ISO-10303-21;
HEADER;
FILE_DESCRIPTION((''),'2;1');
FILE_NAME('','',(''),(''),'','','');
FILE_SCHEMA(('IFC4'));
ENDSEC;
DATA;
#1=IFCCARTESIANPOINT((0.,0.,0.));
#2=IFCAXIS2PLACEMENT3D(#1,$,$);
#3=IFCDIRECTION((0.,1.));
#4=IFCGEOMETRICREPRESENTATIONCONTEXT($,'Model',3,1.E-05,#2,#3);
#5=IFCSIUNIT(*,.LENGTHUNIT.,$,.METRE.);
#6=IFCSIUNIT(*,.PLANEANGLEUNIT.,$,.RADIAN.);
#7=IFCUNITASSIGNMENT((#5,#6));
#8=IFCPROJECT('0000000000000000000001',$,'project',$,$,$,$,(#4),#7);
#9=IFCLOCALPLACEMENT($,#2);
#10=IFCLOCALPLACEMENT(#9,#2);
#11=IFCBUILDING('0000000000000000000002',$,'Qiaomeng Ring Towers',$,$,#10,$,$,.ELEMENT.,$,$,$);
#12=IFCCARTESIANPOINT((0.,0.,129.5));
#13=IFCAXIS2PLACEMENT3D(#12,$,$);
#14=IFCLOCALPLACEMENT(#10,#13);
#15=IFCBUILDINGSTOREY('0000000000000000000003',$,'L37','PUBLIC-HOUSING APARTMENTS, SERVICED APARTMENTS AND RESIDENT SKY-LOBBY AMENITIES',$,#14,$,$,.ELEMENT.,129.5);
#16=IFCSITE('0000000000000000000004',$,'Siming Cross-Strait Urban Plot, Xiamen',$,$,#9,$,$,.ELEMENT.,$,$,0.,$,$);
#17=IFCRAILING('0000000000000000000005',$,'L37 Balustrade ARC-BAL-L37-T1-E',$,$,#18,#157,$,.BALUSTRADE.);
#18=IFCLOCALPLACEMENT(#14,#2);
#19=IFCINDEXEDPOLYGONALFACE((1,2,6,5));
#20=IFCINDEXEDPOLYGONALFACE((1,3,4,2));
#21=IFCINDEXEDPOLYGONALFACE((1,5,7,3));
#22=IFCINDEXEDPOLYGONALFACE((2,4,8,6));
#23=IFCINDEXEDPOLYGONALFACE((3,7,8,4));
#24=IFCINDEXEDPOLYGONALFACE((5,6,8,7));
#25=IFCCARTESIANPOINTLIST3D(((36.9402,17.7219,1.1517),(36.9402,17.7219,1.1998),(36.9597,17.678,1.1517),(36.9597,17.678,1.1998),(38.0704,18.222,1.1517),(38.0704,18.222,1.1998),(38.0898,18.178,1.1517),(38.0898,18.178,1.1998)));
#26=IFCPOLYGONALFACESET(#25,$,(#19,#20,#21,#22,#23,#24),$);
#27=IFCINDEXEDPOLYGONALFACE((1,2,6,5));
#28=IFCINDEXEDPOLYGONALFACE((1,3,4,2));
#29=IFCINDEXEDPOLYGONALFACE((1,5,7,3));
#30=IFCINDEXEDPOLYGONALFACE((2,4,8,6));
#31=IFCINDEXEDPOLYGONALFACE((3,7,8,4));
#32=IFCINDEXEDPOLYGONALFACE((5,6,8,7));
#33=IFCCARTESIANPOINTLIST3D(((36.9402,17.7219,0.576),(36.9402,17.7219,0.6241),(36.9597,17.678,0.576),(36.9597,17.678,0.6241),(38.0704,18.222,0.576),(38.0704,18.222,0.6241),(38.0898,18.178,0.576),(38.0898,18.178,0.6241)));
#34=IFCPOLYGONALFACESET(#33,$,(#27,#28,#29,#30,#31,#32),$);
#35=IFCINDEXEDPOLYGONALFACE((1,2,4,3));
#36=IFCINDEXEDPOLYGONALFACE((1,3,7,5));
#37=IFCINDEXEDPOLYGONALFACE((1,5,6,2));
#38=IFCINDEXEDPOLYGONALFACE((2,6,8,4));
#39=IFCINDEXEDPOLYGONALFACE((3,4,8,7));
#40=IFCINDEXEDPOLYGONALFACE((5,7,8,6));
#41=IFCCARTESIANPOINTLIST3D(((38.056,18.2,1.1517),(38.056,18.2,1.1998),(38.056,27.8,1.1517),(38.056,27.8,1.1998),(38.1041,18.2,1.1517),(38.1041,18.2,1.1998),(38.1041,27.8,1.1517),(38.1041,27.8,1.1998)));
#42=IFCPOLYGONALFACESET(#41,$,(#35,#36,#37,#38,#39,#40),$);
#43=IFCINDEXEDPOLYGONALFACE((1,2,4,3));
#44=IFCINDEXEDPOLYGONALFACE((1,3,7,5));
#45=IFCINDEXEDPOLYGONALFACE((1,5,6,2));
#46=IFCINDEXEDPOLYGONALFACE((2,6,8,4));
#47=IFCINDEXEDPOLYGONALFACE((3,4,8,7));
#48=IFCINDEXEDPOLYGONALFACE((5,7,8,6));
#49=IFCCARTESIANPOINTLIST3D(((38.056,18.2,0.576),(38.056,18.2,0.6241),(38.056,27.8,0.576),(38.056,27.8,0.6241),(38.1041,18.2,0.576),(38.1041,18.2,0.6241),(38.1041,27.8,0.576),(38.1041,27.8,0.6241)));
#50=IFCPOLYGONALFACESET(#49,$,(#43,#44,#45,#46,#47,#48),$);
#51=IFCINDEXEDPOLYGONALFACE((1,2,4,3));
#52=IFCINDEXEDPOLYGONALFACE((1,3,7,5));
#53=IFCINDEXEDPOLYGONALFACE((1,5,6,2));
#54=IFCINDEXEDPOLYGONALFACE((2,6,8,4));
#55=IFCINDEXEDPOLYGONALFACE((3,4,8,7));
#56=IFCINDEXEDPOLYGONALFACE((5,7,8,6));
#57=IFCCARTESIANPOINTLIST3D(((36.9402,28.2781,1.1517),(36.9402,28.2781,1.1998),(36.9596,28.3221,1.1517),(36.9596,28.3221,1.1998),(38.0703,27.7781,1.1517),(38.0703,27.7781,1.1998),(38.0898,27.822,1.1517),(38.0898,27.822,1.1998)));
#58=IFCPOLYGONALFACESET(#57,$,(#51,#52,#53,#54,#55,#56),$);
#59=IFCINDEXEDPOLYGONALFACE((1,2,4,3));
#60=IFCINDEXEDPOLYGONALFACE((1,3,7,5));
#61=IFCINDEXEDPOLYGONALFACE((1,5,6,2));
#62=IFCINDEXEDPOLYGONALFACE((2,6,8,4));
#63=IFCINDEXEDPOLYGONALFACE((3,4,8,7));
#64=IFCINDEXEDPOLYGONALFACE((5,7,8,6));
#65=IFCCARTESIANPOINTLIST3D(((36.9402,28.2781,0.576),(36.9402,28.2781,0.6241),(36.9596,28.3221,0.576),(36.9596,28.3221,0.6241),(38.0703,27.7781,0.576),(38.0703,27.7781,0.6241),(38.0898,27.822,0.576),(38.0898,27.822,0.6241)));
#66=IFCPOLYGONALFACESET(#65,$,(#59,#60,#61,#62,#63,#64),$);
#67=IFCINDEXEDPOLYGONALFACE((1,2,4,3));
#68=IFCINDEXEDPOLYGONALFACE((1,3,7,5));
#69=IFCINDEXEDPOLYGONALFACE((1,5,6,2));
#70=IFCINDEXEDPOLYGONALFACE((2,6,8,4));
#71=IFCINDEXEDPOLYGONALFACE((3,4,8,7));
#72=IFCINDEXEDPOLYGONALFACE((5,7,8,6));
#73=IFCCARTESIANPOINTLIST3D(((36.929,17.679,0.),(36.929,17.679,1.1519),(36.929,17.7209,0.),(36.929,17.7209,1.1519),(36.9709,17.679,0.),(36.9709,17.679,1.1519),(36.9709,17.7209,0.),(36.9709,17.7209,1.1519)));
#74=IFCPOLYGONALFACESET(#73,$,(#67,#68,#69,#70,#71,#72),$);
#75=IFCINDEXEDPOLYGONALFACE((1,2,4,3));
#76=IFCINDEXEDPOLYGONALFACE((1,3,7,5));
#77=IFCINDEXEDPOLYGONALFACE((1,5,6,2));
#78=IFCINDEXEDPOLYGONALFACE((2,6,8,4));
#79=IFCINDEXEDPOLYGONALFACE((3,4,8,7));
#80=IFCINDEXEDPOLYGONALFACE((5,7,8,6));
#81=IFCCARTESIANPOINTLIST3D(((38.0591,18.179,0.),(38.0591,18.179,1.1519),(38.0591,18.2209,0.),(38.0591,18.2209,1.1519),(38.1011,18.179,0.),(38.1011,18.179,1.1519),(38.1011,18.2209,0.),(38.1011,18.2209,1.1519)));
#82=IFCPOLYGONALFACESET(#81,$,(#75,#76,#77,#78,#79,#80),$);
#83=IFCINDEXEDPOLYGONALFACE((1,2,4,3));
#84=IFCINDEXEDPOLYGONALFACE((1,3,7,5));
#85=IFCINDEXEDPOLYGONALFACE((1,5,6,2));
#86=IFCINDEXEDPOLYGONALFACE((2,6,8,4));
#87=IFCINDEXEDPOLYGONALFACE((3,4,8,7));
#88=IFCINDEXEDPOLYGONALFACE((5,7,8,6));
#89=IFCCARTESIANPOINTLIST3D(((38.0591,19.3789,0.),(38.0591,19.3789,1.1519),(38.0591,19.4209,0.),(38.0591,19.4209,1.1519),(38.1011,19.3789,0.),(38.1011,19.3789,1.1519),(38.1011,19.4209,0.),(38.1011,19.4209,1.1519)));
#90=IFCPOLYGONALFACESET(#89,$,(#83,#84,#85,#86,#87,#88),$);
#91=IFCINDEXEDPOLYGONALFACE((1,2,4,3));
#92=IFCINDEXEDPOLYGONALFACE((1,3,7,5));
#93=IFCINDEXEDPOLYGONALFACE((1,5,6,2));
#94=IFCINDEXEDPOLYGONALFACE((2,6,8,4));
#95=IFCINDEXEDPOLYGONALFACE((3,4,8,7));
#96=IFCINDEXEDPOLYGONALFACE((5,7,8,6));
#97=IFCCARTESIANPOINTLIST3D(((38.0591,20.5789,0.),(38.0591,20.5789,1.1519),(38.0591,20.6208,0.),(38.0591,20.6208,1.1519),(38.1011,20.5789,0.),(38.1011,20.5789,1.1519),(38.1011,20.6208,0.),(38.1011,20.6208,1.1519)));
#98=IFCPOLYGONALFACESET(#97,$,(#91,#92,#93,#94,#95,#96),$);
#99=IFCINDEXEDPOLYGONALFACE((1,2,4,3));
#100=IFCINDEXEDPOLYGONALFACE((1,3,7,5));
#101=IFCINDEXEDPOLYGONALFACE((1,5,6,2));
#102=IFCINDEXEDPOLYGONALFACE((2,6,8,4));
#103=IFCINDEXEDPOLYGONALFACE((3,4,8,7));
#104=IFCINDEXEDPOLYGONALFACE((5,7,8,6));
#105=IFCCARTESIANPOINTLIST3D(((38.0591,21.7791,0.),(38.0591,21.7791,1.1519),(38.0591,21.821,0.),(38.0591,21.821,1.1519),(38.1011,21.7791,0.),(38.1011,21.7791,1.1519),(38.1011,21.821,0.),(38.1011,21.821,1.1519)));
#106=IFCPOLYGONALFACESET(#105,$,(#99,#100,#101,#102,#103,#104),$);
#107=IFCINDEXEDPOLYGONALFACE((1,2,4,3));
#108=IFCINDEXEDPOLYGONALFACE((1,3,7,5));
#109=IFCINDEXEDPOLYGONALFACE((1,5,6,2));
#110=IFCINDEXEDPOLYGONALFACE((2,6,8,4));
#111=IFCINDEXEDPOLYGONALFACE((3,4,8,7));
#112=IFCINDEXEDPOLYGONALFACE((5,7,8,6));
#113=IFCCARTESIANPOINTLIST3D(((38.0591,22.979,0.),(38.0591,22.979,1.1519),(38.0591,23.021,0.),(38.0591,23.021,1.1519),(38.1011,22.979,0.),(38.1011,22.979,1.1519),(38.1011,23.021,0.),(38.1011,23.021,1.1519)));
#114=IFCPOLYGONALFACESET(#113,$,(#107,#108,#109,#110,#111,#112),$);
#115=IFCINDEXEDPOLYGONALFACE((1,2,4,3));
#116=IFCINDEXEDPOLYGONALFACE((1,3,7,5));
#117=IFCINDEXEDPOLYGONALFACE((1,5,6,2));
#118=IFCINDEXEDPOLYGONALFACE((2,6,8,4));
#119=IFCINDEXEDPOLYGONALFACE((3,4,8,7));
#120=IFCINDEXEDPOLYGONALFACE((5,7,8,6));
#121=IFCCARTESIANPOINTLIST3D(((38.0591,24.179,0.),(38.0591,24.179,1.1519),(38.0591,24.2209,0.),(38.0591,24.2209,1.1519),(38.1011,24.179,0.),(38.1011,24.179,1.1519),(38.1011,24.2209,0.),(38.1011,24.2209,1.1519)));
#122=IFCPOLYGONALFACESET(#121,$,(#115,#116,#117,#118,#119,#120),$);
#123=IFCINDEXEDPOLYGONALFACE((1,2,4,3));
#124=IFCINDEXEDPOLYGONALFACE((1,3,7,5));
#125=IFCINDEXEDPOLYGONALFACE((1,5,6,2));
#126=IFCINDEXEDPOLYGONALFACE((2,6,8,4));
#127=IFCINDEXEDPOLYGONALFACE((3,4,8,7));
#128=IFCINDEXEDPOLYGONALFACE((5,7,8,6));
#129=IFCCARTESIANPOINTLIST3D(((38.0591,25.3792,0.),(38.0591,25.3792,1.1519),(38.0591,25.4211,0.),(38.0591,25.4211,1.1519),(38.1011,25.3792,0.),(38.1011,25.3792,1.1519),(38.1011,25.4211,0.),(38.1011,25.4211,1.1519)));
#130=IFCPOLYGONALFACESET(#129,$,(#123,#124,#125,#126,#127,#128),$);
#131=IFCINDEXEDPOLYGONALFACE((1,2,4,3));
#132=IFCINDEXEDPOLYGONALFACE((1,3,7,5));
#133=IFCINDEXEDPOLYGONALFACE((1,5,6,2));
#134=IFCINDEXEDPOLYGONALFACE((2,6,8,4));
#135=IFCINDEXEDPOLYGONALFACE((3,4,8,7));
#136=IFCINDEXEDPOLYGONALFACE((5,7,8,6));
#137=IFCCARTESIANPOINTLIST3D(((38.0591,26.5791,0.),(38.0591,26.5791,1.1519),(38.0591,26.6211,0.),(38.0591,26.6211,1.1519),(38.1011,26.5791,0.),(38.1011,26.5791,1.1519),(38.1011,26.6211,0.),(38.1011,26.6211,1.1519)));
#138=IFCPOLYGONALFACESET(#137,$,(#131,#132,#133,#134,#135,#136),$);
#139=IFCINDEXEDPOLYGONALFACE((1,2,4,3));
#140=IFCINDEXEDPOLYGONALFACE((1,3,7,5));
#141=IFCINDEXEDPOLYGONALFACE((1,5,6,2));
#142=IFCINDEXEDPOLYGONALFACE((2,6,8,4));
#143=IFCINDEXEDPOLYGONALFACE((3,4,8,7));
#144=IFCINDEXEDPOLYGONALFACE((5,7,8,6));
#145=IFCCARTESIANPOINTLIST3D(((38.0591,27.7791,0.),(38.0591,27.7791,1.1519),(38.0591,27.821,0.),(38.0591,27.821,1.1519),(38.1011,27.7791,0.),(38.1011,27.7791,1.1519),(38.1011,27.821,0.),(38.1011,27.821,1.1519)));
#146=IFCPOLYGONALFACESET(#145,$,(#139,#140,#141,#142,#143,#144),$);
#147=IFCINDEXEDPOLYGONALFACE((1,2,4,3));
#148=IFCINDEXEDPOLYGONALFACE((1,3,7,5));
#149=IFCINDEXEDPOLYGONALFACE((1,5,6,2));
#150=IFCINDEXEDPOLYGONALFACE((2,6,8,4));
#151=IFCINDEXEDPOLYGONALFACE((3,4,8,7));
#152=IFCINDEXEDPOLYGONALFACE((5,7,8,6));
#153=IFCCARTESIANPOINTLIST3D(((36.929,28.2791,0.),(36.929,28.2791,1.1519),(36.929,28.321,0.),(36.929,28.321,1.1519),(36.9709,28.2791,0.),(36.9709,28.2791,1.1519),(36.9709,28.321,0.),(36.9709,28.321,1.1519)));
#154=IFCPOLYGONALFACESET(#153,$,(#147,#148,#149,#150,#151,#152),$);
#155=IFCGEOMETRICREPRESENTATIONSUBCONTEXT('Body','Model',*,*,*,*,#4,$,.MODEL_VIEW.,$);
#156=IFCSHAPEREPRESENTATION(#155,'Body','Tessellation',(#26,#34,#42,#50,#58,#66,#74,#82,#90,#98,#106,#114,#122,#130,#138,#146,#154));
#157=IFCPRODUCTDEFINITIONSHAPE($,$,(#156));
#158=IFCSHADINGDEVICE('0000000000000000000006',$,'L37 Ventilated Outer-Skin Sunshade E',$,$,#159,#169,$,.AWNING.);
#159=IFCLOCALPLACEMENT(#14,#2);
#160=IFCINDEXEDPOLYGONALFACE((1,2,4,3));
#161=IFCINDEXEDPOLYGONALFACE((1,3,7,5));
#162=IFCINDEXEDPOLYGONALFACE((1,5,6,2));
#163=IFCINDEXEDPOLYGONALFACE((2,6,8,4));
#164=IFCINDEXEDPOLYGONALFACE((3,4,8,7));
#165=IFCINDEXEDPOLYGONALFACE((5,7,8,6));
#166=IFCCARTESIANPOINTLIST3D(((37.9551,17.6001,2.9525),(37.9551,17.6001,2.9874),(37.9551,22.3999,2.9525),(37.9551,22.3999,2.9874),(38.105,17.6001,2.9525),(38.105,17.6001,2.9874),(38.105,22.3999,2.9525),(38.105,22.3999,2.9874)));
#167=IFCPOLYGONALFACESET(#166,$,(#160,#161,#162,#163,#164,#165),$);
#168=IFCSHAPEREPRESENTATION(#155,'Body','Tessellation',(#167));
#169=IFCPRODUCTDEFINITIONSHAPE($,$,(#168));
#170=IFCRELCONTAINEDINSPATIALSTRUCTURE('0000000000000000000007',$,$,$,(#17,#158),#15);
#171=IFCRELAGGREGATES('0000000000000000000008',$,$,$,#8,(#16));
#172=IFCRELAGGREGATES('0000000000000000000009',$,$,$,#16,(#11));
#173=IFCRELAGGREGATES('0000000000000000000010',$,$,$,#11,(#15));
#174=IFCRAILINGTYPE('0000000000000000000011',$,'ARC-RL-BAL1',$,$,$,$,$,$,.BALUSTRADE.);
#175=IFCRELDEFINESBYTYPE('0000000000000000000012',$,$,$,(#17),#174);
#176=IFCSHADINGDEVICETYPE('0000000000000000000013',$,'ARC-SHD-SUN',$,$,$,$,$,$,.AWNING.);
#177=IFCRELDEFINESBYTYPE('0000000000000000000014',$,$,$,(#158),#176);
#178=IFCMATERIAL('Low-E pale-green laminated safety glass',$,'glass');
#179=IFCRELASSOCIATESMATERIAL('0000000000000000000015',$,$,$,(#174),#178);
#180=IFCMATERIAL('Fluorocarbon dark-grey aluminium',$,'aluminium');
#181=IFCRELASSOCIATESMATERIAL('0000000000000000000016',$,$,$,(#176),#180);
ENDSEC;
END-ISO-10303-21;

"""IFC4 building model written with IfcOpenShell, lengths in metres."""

from ifc_helpers import new_model, si_unit, direction, frame, origin, origin_2d, place, context, subcontext, project, spatial, rectangle, extrude, source, transform, mapped, material, material_profile, profile_set, type_object, element, save


model = new_model("IFC4")

# Units and contexts
model_context = context("Model", 3, precision=1e-05, world=origin(), true_north=direction((0.0, 1.0)))
body_context = subcontext(model_context, "Body", "Model", "MODEL_VIEW")
ifc_project = project(units=[si_unit("LENGTHUNIT", "METRE"), si_unit("PLANEANGLEUNIT", "RADIAN")], contexts=[model_context])

# Site, building, storey
site_placement = place(None, origin())
site = spatial("IfcSite", under=ifc_project, at=site_placement, Name="Siming Cross-Strait Urban Plot, Xiamen", CompositionType="ELEMENT", RefElevation=0.0)
building_placement = place(site_placement, origin())
building = spatial("IfcBuilding", under=site, at=building_placement, Name="Qiaomeng Ring Towers", CompositionType="ELEMENT")
storey_placement = place(building_placement, frame((0.0, 0.0, 129.5)))
storey = spatial("IfcBuildingStorey", under=building, at=storey_placement, Name="L37", Description="PUBLIC-HOUSING APARTMENTS, SERVICED APARTMENTS AND RESIDENT SKY-LOBBY AMENITIES", CompositionType="ELEMENT", Elevation=129.5)

# Railing
ifc_material_1 = material(Name="Low-E pale-green laminated safety glass", Category="glass")
railing_type = type_object("IfcRailingType", Name="ARC-RL-BAL1", PredefinedType="BALUSTRADE", material=ifc_material_1)
railing_placement = place(storey_placement, frame((36.95, 17.7, 0.0)))
element("IfcRailing", 1, at=railing_placement, inside=storey, type_object=railing_type, Name="L37 Balustrade ARC-BAL-L37-T1-E", PredefinedType="BALUSTRADE", context=body_context, shape_type="SweptSolid", body=[
    extrude(rectangle(XDim=0.0481, YDim=0.0481, at=origin_2d()), frame((0.0, 0.0, 1.1758), z_axis=(0.914495, 0.404598, 0.0), x_axis=(-0.404598, 0.914495, 0.0)), (0.0, 0.0, 1.0), 1.2358),
    extrude(rectangle(XDim=0.0481, YDim=0.0481, at=origin_2d()), frame((0.0, 0.0, 0.6001), z_axis=(0.914495, 0.404598, 0.0), x_axis=(-0.404598, 0.914495, 0.0)), (0.0, 0.0, 1.0), 1.2358),
    extrude(rectangle(XDim=0.0481, YDim=0.0481, at=origin_2d()), frame((1.1301, 0.5, 1.1758), z_axis=(0.0, 1.0, 0.0), x_axis=(-1.0, 0.0, 0.0)), (0.0, 0.0, 1.0), 9.6001),
    extrude(rectangle(XDim=0.0481, YDim=0.0481, at=origin_2d()), frame((1.1301, 0.5, 0.6001), z_axis=(0.0, 1.0, 0.0), x_axis=(-1.0, 0.0, 0.0)), (0.0, 0.0, 1.0), 9.6001),
    extrude(rectangle(XDim=0.0481, YDim=0.0481, at=origin_2d()), frame((1.1301, 10.1001, 1.1758), z_axis=(-0.914495, 0.404598, 0.0), x_axis=(-0.404598, -0.914495, 0.0)), (0.0, 0.0, 1.0), 1.2358),
    extrude(rectangle(XDim=0.0481, YDim=0.0481, at=origin_2d()), frame((1.1301, 10.1001, 0.6001), z_axis=(-0.914495, 0.404598, 0.0), x_axis=(-0.404598, -0.914495, 0.0)), (0.0, 0.0, 1.0), 1.2358),
    extrude(rectangle(XDim=0.042, YDim=0.042, at=origin_2d()), origin(), (0.0, 0.0, 1.0), 1.1519),
    extrude(rectangle(XDim=0.042, YDim=0.042, at=origin_2d()), frame((1.1301, 0.5, 0.0)), (0.0, 0.0, 1.0), 1.1519),
    extrude(rectangle(XDim=0.042, YDim=0.042, at=origin_2d()), frame((1.1301, 1.7, 0.0)), (0.0, 0.0, 1.0), 1.1519),
    extrude(rectangle(XDim=0.042, YDim=0.042, at=origin_2d()), frame((1.1301, 2.8999, 0.0)), (0.0, 0.0, 1.0), 1.1519),
    extrude(rectangle(XDim=0.042, YDim=0.042, at=origin_2d()), frame((1.1301, 4.1001, 0.0)), (0.0, 0.0, 1.0), 1.1519),
    extrude(rectangle(XDim=0.042, YDim=0.042, at=origin_2d()), frame((1.1301, 5.3, 0.0)), (0.0, 0.0, 1.0), 1.1519),
    extrude(rectangle(XDim=0.042, YDim=0.042, at=origin_2d()), frame((1.1301, 6.5, 0.0)), (0.0, 0.0, 1.0), 1.1519),
    extrude(rectangle(XDim=0.042, YDim=0.042, at=origin_2d()), frame((1.1301, 7.7002, 0.0)), (0.0, 0.0, 1.0), 1.1519),
    extrude(rectangle(XDim=0.042, YDim=0.042, at=origin_2d()), frame((1.1301, 8.9001, 0.0)), (0.0, 0.0, 1.0), 1.1519),
    extrude(rectangle(XDim=0.042, YDim=0.042, at=origin_2d()), frame((1.1301, 10.1001, 0.0)), (0.0, 0.0, 1.0), 1.1519),
    extrude(rectangle(XDim=0.042, YDim=0.042, at=origin_2d()), frame((0.0, 10.6001, 0.0)), (0.0, 0.0, 1.0), 1.1519),
])

# Shading device
ifc_material_2 = material(Name="Fluorocarbon dark-grey aluminium", Category="aluminium")
ifc_material_profile_1 = material_profile(ifc_material_2, rectangle(XDim=0.1499, YDim=0.0349, at=origin_2d()), Name="LV BLADE 150x35")
ifc_profile_set_1 = profile_set([ifc_material_profile_1], Name="Fluorocarbon dark-grey aluminium")
shading_device_type = type_object("IfcShadingDeviceType", Name="ARC-SHD-SUN", PredefinedType="AWNING", material=ifc_profile_set_1)
shared_shape_1 = source(origin(), body_context, "Body", "SweptSolid", [
    extrude(rectangle(XDim=0.1499, YDim=0.0349, at=origin_2d()), origin(), (0.0, 0.0, 1.0), 4.7998),
])
shading_device_placement = place(storey_placement, frame((38.03, 17.6001, 2.97), z_axis=(0.0, 1.0, 0.0), x_axis=(-1.0, 0.0, 0.0)))
element("IfcShadingDevice", 2, at=shading_device_placement, inside=storey, type_object=shading_device_type, Name="L37 Ventilated Outer-Skin Sunshade E", PredefinedType="AWNING", context=body_context, shape_type="MappedRepresentation", body=[
    mapped(shared_shape_1, transform((0.0, 0.0, 0.0), x_axis=(1.0, 0.0, 0.0), y_axis=(0.0, 1.0, 0.0), z_axis=(0.0, 0.0, 1.0), scale=1.0)),
])

save(model, "model.ifc")
